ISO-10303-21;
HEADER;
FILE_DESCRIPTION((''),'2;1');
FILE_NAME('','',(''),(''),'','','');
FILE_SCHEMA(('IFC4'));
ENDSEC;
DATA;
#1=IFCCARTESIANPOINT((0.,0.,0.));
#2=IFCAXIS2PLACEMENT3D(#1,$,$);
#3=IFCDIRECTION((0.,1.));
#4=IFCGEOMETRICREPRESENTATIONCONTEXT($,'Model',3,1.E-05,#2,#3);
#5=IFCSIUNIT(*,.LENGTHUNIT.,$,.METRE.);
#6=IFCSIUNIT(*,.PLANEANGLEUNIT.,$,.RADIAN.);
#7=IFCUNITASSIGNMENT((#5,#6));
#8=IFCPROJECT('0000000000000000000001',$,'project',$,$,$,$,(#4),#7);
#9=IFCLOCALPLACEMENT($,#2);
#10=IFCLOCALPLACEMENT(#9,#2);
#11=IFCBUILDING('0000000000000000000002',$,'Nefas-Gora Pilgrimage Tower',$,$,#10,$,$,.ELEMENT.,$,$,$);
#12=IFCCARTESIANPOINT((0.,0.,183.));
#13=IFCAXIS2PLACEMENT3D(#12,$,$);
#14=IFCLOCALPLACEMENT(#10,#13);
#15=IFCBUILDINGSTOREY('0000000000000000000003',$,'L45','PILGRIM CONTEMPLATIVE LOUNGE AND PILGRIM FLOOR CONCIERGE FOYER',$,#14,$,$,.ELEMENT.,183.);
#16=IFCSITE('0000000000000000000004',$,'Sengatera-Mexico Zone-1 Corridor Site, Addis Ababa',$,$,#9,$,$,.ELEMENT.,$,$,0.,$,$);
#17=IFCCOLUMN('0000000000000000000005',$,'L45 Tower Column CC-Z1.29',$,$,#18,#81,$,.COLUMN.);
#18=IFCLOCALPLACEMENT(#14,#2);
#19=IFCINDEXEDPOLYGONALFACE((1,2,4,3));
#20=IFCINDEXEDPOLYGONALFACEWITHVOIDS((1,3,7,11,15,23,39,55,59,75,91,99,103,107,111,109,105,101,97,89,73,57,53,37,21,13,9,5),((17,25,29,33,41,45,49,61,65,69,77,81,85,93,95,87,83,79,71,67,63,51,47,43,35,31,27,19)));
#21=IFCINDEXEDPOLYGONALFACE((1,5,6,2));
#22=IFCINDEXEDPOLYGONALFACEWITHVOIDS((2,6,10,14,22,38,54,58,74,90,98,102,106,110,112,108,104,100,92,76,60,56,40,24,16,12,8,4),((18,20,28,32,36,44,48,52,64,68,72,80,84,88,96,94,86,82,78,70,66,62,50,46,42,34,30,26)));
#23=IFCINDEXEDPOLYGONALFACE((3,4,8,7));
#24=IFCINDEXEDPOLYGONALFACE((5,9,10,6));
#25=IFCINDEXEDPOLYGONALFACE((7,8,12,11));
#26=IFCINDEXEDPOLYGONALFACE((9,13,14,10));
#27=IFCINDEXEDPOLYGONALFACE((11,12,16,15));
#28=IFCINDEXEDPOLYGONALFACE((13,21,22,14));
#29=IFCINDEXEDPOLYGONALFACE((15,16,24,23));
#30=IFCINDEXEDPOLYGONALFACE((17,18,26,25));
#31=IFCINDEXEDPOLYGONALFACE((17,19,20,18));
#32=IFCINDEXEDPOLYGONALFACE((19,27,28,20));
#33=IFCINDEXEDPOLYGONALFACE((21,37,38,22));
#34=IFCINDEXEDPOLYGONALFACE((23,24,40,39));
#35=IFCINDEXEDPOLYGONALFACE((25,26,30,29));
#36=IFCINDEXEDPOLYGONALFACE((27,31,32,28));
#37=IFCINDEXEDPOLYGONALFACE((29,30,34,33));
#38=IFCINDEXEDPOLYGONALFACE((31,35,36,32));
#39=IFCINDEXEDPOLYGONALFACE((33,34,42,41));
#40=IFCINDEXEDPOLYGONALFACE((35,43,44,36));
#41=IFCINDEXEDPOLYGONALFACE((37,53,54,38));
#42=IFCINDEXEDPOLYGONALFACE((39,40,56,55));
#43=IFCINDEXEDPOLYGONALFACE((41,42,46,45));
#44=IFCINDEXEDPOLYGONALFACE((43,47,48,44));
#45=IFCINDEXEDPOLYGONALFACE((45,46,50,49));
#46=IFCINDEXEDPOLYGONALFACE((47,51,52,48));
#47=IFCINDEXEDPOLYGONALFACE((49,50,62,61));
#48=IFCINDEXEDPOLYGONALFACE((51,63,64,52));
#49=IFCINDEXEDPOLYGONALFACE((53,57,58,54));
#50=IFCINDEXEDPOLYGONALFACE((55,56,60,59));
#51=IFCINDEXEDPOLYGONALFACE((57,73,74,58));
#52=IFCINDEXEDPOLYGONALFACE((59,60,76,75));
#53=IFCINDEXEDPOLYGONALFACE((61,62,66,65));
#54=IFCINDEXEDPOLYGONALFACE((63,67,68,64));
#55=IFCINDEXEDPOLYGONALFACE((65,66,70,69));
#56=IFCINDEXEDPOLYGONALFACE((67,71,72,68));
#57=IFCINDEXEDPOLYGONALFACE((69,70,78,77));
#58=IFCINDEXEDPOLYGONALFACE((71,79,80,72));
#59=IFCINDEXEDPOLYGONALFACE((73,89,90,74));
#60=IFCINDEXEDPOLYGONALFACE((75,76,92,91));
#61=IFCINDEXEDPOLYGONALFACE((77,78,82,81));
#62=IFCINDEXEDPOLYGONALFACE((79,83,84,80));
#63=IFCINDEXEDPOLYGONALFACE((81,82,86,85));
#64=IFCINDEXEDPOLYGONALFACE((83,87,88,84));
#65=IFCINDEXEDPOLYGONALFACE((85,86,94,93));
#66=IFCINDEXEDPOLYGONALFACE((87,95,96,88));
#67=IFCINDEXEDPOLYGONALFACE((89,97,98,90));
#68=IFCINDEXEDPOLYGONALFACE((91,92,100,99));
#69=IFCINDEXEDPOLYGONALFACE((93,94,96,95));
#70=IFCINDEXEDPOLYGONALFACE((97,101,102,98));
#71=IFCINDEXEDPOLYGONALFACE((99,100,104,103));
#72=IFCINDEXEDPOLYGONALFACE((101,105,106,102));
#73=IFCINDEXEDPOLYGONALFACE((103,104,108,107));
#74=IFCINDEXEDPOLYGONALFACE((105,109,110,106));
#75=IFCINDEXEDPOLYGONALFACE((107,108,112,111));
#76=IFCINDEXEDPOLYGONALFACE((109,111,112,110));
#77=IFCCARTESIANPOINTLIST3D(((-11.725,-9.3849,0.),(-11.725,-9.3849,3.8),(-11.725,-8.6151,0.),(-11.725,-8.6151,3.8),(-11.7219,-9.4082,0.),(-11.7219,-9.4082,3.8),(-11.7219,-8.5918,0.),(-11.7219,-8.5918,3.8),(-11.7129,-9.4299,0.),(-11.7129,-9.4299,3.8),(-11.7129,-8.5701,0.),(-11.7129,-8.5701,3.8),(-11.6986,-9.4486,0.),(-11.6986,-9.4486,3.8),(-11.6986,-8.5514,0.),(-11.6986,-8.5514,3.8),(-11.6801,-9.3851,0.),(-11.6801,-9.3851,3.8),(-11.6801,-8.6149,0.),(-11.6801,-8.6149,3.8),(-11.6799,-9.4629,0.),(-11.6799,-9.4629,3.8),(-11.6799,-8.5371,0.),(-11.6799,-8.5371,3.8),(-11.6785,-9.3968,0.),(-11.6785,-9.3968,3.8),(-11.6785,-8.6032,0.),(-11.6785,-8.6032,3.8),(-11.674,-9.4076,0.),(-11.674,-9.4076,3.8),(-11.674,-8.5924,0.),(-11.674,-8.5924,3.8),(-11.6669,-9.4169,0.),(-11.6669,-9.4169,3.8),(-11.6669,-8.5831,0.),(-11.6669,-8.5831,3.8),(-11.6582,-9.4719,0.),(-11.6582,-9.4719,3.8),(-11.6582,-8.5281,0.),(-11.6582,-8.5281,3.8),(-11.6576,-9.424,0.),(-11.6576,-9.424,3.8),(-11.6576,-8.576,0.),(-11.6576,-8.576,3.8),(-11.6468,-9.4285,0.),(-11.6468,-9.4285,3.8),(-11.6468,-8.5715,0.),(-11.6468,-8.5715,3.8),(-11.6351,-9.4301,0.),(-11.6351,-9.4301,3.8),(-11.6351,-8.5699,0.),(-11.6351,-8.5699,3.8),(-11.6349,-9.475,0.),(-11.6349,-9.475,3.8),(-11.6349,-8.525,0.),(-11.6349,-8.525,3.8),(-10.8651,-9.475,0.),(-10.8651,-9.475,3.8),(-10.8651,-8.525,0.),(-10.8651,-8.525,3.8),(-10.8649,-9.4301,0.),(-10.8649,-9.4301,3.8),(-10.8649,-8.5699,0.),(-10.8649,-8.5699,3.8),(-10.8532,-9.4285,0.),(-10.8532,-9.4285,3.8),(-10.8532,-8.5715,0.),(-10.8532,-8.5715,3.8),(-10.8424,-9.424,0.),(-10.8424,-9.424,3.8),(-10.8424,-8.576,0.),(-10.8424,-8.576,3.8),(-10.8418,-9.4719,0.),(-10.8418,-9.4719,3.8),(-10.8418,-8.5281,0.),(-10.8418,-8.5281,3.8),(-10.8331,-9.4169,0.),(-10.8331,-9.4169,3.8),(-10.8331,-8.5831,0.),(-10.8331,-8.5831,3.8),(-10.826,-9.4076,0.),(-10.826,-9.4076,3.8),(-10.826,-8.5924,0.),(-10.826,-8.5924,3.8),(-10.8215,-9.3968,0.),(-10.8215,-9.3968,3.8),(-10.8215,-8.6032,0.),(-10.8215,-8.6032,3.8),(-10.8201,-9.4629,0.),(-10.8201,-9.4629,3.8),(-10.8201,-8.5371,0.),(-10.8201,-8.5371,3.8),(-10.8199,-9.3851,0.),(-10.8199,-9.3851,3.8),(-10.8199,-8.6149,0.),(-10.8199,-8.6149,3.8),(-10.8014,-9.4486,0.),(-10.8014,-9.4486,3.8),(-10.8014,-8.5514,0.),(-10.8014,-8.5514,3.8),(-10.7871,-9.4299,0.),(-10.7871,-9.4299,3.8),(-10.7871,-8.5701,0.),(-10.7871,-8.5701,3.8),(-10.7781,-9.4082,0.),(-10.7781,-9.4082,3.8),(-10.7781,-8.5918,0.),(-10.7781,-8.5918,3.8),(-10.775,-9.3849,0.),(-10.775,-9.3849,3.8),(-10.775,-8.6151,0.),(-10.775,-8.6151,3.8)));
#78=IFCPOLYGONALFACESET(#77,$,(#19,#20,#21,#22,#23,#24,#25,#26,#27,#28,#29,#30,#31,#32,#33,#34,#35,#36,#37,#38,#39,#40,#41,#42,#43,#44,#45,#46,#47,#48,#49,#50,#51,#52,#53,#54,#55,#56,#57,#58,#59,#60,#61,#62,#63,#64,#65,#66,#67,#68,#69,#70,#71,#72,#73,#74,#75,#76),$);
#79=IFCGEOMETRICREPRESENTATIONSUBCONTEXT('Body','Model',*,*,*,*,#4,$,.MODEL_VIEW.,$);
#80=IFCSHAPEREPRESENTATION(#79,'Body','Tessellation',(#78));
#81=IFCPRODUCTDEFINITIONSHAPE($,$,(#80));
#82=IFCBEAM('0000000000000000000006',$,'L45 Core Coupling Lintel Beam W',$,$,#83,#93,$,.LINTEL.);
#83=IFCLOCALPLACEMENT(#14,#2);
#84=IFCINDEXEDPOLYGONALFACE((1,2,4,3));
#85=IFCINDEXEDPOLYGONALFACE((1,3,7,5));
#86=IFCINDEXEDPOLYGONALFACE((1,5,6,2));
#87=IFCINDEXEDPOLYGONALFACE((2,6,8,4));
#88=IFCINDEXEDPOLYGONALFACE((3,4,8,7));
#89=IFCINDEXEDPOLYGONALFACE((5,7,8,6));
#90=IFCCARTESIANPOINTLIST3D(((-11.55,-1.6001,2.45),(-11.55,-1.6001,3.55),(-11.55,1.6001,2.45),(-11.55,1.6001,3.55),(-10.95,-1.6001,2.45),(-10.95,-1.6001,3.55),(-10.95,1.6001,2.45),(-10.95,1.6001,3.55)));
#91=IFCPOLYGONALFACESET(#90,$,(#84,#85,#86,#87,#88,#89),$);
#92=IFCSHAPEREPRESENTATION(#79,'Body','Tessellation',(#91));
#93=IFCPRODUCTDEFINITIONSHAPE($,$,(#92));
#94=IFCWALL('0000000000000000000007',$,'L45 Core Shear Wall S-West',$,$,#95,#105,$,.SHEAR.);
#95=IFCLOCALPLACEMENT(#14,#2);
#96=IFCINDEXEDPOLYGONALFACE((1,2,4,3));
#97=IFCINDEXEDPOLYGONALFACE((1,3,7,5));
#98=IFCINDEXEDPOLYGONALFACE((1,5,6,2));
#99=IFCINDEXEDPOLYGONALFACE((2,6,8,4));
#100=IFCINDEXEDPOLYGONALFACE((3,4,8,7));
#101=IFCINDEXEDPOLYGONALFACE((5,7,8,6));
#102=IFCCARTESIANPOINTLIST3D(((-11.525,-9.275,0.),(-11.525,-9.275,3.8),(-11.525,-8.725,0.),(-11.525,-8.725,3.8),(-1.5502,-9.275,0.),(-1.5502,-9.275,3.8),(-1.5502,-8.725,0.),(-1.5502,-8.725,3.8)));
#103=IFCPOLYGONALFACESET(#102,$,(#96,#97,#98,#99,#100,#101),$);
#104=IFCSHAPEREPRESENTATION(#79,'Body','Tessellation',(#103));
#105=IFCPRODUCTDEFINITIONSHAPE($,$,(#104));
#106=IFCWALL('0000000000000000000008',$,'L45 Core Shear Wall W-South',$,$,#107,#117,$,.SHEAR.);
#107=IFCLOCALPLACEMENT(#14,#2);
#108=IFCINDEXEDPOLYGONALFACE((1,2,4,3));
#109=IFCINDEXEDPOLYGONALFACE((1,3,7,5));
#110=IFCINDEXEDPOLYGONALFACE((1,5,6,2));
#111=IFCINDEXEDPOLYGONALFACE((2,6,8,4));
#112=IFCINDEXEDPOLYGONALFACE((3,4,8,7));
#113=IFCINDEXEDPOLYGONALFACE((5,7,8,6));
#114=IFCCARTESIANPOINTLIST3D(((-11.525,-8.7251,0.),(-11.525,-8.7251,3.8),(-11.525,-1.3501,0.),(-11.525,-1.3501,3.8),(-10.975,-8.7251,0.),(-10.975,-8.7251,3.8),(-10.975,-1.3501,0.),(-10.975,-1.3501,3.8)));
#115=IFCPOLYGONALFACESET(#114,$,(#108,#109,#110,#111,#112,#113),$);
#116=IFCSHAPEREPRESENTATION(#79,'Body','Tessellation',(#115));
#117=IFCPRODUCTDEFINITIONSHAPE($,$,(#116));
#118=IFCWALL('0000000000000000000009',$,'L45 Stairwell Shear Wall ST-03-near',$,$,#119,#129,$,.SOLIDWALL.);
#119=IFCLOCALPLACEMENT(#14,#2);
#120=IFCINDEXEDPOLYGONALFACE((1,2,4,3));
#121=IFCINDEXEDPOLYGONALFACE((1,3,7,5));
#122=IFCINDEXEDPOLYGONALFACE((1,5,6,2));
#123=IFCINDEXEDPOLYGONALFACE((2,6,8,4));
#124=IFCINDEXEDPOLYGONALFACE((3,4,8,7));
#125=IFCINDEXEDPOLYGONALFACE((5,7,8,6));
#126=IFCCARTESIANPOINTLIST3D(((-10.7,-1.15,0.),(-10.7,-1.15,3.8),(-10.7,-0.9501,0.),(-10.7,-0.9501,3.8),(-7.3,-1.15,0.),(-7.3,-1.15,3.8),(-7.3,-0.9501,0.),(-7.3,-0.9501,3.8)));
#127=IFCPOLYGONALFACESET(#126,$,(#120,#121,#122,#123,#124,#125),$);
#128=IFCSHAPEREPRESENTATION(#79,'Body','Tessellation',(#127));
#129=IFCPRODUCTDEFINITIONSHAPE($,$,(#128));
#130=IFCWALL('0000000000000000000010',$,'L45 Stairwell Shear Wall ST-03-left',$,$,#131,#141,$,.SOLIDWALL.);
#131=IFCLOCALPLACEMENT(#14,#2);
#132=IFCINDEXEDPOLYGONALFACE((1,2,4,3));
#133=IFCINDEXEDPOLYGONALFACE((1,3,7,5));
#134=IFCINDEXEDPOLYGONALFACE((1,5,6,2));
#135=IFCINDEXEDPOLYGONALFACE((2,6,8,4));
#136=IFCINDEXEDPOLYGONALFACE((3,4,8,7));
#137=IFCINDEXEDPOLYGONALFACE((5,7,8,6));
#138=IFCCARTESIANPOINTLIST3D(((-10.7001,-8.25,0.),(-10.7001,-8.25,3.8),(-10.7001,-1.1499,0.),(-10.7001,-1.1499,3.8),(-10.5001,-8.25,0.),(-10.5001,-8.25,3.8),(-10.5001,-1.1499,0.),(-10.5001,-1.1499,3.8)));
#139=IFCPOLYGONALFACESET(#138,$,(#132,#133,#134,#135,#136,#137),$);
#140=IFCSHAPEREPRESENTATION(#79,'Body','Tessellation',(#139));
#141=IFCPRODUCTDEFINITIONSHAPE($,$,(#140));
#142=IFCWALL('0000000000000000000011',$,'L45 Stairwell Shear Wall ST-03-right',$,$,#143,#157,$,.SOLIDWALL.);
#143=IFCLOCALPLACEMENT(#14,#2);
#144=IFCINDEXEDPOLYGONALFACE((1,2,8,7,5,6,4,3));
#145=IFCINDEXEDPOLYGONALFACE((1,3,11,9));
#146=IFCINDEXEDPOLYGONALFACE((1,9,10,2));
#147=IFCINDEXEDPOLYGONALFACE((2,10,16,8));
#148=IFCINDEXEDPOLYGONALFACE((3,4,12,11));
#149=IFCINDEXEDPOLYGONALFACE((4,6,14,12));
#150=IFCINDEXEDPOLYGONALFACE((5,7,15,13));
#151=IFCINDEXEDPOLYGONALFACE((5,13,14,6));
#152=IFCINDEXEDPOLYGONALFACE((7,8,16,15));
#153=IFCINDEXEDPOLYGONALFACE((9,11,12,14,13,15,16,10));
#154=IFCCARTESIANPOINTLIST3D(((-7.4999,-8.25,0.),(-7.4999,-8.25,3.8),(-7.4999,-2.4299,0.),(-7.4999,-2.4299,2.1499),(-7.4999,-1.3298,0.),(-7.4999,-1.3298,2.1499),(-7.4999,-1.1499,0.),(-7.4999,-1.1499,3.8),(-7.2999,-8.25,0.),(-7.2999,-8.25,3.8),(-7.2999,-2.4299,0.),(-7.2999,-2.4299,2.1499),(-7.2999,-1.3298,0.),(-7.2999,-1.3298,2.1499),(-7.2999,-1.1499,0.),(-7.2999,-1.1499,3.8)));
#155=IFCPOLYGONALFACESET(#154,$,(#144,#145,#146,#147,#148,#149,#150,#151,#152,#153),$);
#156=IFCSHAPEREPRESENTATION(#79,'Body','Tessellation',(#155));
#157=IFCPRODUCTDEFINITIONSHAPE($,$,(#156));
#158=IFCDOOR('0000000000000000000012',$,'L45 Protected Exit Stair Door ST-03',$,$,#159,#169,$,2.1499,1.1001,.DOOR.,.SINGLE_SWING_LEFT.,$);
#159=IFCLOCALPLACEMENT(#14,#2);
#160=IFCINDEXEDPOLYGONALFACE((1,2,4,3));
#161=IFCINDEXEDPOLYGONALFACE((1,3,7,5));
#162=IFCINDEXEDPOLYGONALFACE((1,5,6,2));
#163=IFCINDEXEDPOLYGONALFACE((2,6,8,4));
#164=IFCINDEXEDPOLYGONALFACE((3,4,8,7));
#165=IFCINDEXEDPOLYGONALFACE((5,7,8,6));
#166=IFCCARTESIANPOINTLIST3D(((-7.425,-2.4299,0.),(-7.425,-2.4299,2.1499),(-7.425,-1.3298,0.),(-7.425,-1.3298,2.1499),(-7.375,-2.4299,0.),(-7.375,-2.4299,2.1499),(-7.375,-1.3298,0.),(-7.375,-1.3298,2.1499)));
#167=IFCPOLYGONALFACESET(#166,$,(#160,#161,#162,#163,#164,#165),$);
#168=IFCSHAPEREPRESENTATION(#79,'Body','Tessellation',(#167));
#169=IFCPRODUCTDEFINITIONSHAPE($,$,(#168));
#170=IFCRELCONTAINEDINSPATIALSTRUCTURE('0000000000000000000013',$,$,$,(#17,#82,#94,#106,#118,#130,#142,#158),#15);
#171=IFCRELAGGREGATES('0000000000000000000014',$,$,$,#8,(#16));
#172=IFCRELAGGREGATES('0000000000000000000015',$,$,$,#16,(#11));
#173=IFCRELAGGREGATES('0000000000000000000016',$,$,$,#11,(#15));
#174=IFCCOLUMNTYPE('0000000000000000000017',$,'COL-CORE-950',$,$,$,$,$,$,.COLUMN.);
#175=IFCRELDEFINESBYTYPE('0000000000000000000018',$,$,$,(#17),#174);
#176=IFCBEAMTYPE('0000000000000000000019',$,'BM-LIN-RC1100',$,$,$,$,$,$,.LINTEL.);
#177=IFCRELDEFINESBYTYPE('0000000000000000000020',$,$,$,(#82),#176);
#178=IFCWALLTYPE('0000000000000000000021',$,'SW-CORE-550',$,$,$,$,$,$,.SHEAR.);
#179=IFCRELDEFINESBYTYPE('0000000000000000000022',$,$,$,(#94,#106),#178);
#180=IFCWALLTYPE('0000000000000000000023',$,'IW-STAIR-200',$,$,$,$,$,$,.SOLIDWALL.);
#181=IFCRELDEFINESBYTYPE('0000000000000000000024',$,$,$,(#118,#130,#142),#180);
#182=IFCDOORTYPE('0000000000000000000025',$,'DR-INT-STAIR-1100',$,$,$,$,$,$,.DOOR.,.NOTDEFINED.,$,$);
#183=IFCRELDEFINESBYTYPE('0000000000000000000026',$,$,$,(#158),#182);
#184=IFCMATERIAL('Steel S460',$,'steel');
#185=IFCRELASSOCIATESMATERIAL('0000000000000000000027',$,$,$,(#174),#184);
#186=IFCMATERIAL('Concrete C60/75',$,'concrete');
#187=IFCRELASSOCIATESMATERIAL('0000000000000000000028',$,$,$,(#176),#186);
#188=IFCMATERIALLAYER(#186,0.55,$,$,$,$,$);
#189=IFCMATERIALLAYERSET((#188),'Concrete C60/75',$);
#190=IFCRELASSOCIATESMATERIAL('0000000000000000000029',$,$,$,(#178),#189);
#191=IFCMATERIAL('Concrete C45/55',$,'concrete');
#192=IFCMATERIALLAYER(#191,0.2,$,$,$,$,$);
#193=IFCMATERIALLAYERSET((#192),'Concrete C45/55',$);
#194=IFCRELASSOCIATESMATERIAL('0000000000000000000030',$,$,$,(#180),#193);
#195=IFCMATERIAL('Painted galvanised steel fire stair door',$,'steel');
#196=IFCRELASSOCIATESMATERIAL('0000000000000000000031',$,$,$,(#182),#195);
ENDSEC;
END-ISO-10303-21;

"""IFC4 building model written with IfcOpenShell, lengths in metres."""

from ifc_helpers import new_model, si_unit, direction, frame, frame_2d, origin, origin_2d, place, context, subcontext, project, spatial, rectangle, hollow_rectangle, extrude, source, transform, mapped, material, layer, layer_set, material_profile, profile_set, type_object, element, fill, save


model = new_model("IFC4")

# Units and contexts
model_context = context("Model", 3, precision=1e-05, world=origin(), true_north=direction((0.0, 1.0)))
body_context = subcontext(model_context, "Body", "Model", "MODEL_VIEW")
ifc_project = project(units=[si_unit("LENGTHUNIT", "METRE"), si_unit("PLANEANGLEUNIT", "RADIAN")], contexts=[model_context])

# Site, building, storey
site_placement = place(None, origin())
site = spatial("IfcSite", under=ifc_project, at=site_placement, Name="Sengatera-Mexico Zone-1 Corridor Site, Addis Ababa", CompositionType="ELEMENT", RefElevation=0.0)
building_placement = place(site_placement, origin())
building = spatial("IfcBuilding", under=site, at=building_placement, Name="Nefas-Gora Pilgrimage Tower", CompositionType="ELEMENT")
storey_placement = place(building_placement, frame((0.0, 0.0, 183.0)))
storey = spatial("IfcBuildingStorey", under=building, at=storey_placement, Name="L45", Description="PILGRIM CONTEMPLATIVE LOUNGE AND PILGRIM FLOOR CONCIERGE FOYER", CompositionType="ELEMENT", Elevation=183.0)

# Column
ifc_material_1 = material(Name="Steel S460", Category="steel")
ifc_material_profile_1 = material_profile(ifc_material_1, hollow_rectangle(XDim=0.95, YDim=0.95, WallThickness=0.0449, InnerFilletRadius=0.0449, OuterFilletRadius=0.0901, at=origin_2d()), Name="BOX 950x950x45")
ifc_profile_set_1 = profile_set([ifc_material_profile_1], Name="Steel S460")
column_type = type_object("IfcColumnType", Name="COL-CORE-950", PredefinedType="COLUMN", material=ifc_profile_set_1)
shared_shape_1 = source(origin(), body_context, "Body", "SweptSolid", [
    extrude(hollow_rectangle(XDim=0.95, YDim=0.95, WallThickness=0.0449, InnerFilletRadius=0.0449, OuterFilletRadius=0.0901, at=origin_2d()), origin(), (0.0, 0.0, 1.0), 3.8),
])
column_placement = place(storey_placement, frame((-11.25, -9.0, 0.0), z_axis=(0.0, 0.0, 1.0), x_axis=(1.0, 0.0, 0.0)))
element("IfcColumn", 1, at=column_placement, inside=storey, type_object=column_type, Name="L45 Tower Column CC-Z1.29", PredefinedType="COLUMN", context=body_context, shape_type="MappedRepresentation", body=[
    mapped(shared_shape_1, transform((0.0, 0.0, 0.0), x_axis=(1.0, 0.0, 0.0), y_axis=(0.0, 1.0, 0.0), z_axis=(0.0, 0.0, 1.0), scale=1.0)),
])

# Beam
ifc_material_2 = material(Name="Concrete C60/75", Category="concrete")
ifc_material_profile_2 = material_profile(ifc_material_2, rectangle(XDim=0.6001, YDim=1.1001, at=origin_2d()), Name="RC 600x1100")
ifc_profile_set_2 = profile_set([ifc_material_profile_2], Name="Concrete C60/75")
beam_type = type_object("IfcBeamType", Name="BM-LIN-RC1100", PredefinedType="LINTEL", material=ifc_profile_set_2)
shared_shape_2 = source(origin(), body_context, "Body", "SweptSolid", [
    extrude(rectangle(XDim=0.6001, YDim=1.1001, at=origin_2d()), origin(), (0.0, 0.0, 1.0), 3.2002),
])
beam_placement = place(storey_placement, frame((-11.25, -1.6001, 3.0), z_axis=(0.0, 1.0, 0.0), x_axis=(-1.0, 0.0, 0.0)))
element("IfcBeam", 2, at=beam_placement, inside=storey, type_object=beam_type, Name="L45 Core Coupling Lintel Beam W", PredefinedType="LINTEL", context=body_context, shape_type="MappedRepresentation", body=[
    mapped(shared_shape_2, transform((0.0, 0.0, 0.0), x_axis=(1.0, 0.0, 0.0), y_axis=(0.0, 1.0, 0.0), z_axis=(0.0, 0.0, 1.0), scale=1.0)),
])

# Walls
ifc_layer_1 = layer(ifc_material_2, 0.55)
ifc_layer_set_1 = layer_set([ifc_layer_1], Name="Concrete C60/75")
wall_type_1 = type_object("IfcWallType", Name="SW-CORE-550", PredefinedType="SHEAR", material=ifc_layer_set_1)
shared_shape_3 = source(origin(), body_context, "Body", "SweptSolid", [
    extrude(rectangle(XDim=9.9749, YDim=0.55, at=frame_2d((4.9873, 0.0))), origin(), (0.0, 0.0, 1.0), 3.8),
])
wall_1_placement = place(storey_placement, frame((-11.5249, -9.0, 0.0), z_axis=(0.0, 0.0, 1.0), x_axis=(1.0, 0.0, 0.0)))
element("IfcWall", 3, at=wall_1_placement, inside=storey, type_object=wall_type_1, Name="L45 Core Shear Wall S-West", PredefinedType="SHEAR", context=body_context, shape_type="MappedRepresentation", body=[
    mapped(shared_shape_3, transform((0.0, 0.0, 0.0), x_axis=(1.0, 0.0, 0.0), y_axis=(0.0, 1.0, 0.0), z_axis=(0.0, 0.0, 1.0), scale=1.0)),
])
shared_shape_4 = source(origin(), body_context, "Body", "SweptSolid", [
    extrude(rectangle(XDim=7.375, YDim=0.55, at=frame_2d((3.6875, 0.0))), origin(), (0.0, 0.0, 1.0), 3.8),
])
wall_2_placement = place(storey_placement, frame((-11.25, -8.7251, 0.0), z_axis=(0.0, 0.0, 1.0), x_axis=(0.0, 1.0, 0.0)))
element("IfcWall", 4, at=wall_2_placement, inside=storey, type_object=wall_type_1, Name="L45 Core Shear Wall W-South", PredefinedType="SHEAR", context=body_context, shape_type="MappedRepresentation", body=[
    mapped(shared_shape_4, transform((0.0, 0.0, 0.0), x_axis=(1.0, 0.0, 0.0), y_axis=(0.0, 1.0, 0.0), z_axis=(0.0, 0.0, 1.0), scale=1.0)),
])
ifc_material_3 = material(Name="Concrete C45/55", Category="concrete")
ifc_layer_2 = layer(ifc_material_3, 0.2)
ifc_layer_set_2 = layer_set([ifc_layer_2], Name="Concrete C45/55")
wall_type_2 = type_object("IfcWallType", Name="IW-STAIR-200", PredefinedType="SOLIDWALL", material=ifc_layer_set_2)
shared_shape_5 = source(origin(), body_context, "Body", "SweptSolid", [
    extrude(rectangle(XDim=3.3999, YDim=0.2, at=frame_2d((1.7, 0.0))), origin(), (0.0, 0.0, 1.0), 3.8),
])
wall_3_placement = place(storey_placement, frame((-10.7, -1.05, 0.0), z_axis=(0.0, 0.0, 1.0), x_axis=(1.0, 0.0, 0.0)))
element("IfcWall", 5, at=wall_3_placement, inside=storey, type_object=wall_type_2, Name="L45 Stairwell Shear Wall ST-03-near", PredefinedType="SOLIDWALL", context=body_context, shape_type="MappedRepresentation", body=[
    mapped(shared_shape_5, transform((0.0, 0.0, 0.0), x_axis=(1.0, 0.0, 0.0), y_axis=(0.0, 1.0, 0.0), z_axis=(0.0, 0.0, 1.0), scale=1.0)),
])
shared_shape_6 = source(origin(), body_context, "Body", "SweptSolid", [
    extrude(rectangle(XDim=7.1001, YDim=0.2, at=frame_2d((3.55, 0.0))), origin(), (0.0, 0.0, 1.0), 3.8),
])
wall_4_placement = place(storey_placement, frame((-10.6001, -1.1499, 0.0), z_axis=(0.0, 0.0, 1.0), x_axis=(0.0, -1.0, 0.0)))
element("IfcWall", 6, at=wall_4_placement, inside=storey, type_object=wall_type_2, Name="L45 Stairwell Shear Wall ST-03-left", PredefinedType="SOLIDWALL", context=body_context, shape_type="MappedRepresentation", body=[
    mapped(shared_shape_6, transform((0.0, 0.0, 0.0), x_axis=(1.0, 0.0, 0.0), y_axis=(0.0, 1.0, 0.0), z_axis=(0.0, 0.0, 1.0), scale=1.0)),
])

# Wall, opening, door
wall_5_placement = place(storey_placement, frame((-7.3999, -1.1499, 0.0), z_axis=(0.0, 0.0, 1.0), x_axis=(0.0, -1.0, 0.0)))
wall_5 = element("IfcWall", 7, at=wall_5_placement, inside=storey, type_object=wall_type_2, Name="L45 Stairwell Shear Wall ST-03-right", PredefinedType="SOLIDWALL", context=body_context, shape_type="MappedRepresentation", body=[
    mapped(shared_shape_6, transform((0.0, 0.0, 0.0), x_axis=(1.0, 0.0, 0.0), y_axis=(0.0, 1.0, 0.0), z_axis=(0.0, 0.0, 1.0), scale=1.0)),
])
opening_1_placement = place(wall_5_placement, frame((0.1799, 0.0, 0.0)))
opening_1 = element("IfcOpeningElement", 8, at=opening_1_placement, cuts=wall_5, PredefinedType="OPENING", context=body_context, shape_type="SweptSolid", body=[
    extrude(rectangle(XDim=1.1001, YDim=2.1499, at=frame_2d((0.55, 1.075))), frame((0.0, 0.1099, 0.0), z_axis=(0.0, -1.0, 0.0), x_axis=(1.0, 0.0, 0.0)), (0.0, 0.0, 1.0), 0.22),
])
ifc_material_4 = material(Name="Painted galvanised steel fire stair door", Category="steel")
door_type_1 = type_object("IfcDoorType", Name="DR-INT-STAIR-1100", OperationType="NOTDEFINED", PredefinedType="DOOR", material=ifc_material_4)
shared_shape_7 = source(origin(), body_context, "Body", "SweptSolid", [
    extrude(rectangle(XDim=1.1001, YDim=2.1499, at=frame_2d((0.55, 1.075))), frame((0.0, 0.0249, 0.0), z_axis=(0.0, -1.0, 0.0), x_axis=(1.0, 0.0, 0.0)), (0.0, 0.0, 1.0), 0.05),
])
door_1_placement = place(opening_1_placement, origin())
door_1 = element("IfcDoor", 9, at=door_1_placement, inside=storey, type_object=door_type_1, Name="L45 Protected Exit Stair Door ST-03", OperationType="SINGLE_SWING_LEFT", OverallHeight=2.1499, OverallWidth=1.1001, PredefinedType="DOOR", context=body_context, shape_type="MappedRepresentation", body=[
    mapped(shared_shape_7, transform((0.0, 0.0, 0.0), x_axis=(1.0, 0.0, 0.0), y_axis=(0.0, 1.0, 0.0), z_axis=(0.0, 0.0, 1.0), scale=1.0)),
])
fill(opening_1, door_1)

save(model, "model.ifc")
